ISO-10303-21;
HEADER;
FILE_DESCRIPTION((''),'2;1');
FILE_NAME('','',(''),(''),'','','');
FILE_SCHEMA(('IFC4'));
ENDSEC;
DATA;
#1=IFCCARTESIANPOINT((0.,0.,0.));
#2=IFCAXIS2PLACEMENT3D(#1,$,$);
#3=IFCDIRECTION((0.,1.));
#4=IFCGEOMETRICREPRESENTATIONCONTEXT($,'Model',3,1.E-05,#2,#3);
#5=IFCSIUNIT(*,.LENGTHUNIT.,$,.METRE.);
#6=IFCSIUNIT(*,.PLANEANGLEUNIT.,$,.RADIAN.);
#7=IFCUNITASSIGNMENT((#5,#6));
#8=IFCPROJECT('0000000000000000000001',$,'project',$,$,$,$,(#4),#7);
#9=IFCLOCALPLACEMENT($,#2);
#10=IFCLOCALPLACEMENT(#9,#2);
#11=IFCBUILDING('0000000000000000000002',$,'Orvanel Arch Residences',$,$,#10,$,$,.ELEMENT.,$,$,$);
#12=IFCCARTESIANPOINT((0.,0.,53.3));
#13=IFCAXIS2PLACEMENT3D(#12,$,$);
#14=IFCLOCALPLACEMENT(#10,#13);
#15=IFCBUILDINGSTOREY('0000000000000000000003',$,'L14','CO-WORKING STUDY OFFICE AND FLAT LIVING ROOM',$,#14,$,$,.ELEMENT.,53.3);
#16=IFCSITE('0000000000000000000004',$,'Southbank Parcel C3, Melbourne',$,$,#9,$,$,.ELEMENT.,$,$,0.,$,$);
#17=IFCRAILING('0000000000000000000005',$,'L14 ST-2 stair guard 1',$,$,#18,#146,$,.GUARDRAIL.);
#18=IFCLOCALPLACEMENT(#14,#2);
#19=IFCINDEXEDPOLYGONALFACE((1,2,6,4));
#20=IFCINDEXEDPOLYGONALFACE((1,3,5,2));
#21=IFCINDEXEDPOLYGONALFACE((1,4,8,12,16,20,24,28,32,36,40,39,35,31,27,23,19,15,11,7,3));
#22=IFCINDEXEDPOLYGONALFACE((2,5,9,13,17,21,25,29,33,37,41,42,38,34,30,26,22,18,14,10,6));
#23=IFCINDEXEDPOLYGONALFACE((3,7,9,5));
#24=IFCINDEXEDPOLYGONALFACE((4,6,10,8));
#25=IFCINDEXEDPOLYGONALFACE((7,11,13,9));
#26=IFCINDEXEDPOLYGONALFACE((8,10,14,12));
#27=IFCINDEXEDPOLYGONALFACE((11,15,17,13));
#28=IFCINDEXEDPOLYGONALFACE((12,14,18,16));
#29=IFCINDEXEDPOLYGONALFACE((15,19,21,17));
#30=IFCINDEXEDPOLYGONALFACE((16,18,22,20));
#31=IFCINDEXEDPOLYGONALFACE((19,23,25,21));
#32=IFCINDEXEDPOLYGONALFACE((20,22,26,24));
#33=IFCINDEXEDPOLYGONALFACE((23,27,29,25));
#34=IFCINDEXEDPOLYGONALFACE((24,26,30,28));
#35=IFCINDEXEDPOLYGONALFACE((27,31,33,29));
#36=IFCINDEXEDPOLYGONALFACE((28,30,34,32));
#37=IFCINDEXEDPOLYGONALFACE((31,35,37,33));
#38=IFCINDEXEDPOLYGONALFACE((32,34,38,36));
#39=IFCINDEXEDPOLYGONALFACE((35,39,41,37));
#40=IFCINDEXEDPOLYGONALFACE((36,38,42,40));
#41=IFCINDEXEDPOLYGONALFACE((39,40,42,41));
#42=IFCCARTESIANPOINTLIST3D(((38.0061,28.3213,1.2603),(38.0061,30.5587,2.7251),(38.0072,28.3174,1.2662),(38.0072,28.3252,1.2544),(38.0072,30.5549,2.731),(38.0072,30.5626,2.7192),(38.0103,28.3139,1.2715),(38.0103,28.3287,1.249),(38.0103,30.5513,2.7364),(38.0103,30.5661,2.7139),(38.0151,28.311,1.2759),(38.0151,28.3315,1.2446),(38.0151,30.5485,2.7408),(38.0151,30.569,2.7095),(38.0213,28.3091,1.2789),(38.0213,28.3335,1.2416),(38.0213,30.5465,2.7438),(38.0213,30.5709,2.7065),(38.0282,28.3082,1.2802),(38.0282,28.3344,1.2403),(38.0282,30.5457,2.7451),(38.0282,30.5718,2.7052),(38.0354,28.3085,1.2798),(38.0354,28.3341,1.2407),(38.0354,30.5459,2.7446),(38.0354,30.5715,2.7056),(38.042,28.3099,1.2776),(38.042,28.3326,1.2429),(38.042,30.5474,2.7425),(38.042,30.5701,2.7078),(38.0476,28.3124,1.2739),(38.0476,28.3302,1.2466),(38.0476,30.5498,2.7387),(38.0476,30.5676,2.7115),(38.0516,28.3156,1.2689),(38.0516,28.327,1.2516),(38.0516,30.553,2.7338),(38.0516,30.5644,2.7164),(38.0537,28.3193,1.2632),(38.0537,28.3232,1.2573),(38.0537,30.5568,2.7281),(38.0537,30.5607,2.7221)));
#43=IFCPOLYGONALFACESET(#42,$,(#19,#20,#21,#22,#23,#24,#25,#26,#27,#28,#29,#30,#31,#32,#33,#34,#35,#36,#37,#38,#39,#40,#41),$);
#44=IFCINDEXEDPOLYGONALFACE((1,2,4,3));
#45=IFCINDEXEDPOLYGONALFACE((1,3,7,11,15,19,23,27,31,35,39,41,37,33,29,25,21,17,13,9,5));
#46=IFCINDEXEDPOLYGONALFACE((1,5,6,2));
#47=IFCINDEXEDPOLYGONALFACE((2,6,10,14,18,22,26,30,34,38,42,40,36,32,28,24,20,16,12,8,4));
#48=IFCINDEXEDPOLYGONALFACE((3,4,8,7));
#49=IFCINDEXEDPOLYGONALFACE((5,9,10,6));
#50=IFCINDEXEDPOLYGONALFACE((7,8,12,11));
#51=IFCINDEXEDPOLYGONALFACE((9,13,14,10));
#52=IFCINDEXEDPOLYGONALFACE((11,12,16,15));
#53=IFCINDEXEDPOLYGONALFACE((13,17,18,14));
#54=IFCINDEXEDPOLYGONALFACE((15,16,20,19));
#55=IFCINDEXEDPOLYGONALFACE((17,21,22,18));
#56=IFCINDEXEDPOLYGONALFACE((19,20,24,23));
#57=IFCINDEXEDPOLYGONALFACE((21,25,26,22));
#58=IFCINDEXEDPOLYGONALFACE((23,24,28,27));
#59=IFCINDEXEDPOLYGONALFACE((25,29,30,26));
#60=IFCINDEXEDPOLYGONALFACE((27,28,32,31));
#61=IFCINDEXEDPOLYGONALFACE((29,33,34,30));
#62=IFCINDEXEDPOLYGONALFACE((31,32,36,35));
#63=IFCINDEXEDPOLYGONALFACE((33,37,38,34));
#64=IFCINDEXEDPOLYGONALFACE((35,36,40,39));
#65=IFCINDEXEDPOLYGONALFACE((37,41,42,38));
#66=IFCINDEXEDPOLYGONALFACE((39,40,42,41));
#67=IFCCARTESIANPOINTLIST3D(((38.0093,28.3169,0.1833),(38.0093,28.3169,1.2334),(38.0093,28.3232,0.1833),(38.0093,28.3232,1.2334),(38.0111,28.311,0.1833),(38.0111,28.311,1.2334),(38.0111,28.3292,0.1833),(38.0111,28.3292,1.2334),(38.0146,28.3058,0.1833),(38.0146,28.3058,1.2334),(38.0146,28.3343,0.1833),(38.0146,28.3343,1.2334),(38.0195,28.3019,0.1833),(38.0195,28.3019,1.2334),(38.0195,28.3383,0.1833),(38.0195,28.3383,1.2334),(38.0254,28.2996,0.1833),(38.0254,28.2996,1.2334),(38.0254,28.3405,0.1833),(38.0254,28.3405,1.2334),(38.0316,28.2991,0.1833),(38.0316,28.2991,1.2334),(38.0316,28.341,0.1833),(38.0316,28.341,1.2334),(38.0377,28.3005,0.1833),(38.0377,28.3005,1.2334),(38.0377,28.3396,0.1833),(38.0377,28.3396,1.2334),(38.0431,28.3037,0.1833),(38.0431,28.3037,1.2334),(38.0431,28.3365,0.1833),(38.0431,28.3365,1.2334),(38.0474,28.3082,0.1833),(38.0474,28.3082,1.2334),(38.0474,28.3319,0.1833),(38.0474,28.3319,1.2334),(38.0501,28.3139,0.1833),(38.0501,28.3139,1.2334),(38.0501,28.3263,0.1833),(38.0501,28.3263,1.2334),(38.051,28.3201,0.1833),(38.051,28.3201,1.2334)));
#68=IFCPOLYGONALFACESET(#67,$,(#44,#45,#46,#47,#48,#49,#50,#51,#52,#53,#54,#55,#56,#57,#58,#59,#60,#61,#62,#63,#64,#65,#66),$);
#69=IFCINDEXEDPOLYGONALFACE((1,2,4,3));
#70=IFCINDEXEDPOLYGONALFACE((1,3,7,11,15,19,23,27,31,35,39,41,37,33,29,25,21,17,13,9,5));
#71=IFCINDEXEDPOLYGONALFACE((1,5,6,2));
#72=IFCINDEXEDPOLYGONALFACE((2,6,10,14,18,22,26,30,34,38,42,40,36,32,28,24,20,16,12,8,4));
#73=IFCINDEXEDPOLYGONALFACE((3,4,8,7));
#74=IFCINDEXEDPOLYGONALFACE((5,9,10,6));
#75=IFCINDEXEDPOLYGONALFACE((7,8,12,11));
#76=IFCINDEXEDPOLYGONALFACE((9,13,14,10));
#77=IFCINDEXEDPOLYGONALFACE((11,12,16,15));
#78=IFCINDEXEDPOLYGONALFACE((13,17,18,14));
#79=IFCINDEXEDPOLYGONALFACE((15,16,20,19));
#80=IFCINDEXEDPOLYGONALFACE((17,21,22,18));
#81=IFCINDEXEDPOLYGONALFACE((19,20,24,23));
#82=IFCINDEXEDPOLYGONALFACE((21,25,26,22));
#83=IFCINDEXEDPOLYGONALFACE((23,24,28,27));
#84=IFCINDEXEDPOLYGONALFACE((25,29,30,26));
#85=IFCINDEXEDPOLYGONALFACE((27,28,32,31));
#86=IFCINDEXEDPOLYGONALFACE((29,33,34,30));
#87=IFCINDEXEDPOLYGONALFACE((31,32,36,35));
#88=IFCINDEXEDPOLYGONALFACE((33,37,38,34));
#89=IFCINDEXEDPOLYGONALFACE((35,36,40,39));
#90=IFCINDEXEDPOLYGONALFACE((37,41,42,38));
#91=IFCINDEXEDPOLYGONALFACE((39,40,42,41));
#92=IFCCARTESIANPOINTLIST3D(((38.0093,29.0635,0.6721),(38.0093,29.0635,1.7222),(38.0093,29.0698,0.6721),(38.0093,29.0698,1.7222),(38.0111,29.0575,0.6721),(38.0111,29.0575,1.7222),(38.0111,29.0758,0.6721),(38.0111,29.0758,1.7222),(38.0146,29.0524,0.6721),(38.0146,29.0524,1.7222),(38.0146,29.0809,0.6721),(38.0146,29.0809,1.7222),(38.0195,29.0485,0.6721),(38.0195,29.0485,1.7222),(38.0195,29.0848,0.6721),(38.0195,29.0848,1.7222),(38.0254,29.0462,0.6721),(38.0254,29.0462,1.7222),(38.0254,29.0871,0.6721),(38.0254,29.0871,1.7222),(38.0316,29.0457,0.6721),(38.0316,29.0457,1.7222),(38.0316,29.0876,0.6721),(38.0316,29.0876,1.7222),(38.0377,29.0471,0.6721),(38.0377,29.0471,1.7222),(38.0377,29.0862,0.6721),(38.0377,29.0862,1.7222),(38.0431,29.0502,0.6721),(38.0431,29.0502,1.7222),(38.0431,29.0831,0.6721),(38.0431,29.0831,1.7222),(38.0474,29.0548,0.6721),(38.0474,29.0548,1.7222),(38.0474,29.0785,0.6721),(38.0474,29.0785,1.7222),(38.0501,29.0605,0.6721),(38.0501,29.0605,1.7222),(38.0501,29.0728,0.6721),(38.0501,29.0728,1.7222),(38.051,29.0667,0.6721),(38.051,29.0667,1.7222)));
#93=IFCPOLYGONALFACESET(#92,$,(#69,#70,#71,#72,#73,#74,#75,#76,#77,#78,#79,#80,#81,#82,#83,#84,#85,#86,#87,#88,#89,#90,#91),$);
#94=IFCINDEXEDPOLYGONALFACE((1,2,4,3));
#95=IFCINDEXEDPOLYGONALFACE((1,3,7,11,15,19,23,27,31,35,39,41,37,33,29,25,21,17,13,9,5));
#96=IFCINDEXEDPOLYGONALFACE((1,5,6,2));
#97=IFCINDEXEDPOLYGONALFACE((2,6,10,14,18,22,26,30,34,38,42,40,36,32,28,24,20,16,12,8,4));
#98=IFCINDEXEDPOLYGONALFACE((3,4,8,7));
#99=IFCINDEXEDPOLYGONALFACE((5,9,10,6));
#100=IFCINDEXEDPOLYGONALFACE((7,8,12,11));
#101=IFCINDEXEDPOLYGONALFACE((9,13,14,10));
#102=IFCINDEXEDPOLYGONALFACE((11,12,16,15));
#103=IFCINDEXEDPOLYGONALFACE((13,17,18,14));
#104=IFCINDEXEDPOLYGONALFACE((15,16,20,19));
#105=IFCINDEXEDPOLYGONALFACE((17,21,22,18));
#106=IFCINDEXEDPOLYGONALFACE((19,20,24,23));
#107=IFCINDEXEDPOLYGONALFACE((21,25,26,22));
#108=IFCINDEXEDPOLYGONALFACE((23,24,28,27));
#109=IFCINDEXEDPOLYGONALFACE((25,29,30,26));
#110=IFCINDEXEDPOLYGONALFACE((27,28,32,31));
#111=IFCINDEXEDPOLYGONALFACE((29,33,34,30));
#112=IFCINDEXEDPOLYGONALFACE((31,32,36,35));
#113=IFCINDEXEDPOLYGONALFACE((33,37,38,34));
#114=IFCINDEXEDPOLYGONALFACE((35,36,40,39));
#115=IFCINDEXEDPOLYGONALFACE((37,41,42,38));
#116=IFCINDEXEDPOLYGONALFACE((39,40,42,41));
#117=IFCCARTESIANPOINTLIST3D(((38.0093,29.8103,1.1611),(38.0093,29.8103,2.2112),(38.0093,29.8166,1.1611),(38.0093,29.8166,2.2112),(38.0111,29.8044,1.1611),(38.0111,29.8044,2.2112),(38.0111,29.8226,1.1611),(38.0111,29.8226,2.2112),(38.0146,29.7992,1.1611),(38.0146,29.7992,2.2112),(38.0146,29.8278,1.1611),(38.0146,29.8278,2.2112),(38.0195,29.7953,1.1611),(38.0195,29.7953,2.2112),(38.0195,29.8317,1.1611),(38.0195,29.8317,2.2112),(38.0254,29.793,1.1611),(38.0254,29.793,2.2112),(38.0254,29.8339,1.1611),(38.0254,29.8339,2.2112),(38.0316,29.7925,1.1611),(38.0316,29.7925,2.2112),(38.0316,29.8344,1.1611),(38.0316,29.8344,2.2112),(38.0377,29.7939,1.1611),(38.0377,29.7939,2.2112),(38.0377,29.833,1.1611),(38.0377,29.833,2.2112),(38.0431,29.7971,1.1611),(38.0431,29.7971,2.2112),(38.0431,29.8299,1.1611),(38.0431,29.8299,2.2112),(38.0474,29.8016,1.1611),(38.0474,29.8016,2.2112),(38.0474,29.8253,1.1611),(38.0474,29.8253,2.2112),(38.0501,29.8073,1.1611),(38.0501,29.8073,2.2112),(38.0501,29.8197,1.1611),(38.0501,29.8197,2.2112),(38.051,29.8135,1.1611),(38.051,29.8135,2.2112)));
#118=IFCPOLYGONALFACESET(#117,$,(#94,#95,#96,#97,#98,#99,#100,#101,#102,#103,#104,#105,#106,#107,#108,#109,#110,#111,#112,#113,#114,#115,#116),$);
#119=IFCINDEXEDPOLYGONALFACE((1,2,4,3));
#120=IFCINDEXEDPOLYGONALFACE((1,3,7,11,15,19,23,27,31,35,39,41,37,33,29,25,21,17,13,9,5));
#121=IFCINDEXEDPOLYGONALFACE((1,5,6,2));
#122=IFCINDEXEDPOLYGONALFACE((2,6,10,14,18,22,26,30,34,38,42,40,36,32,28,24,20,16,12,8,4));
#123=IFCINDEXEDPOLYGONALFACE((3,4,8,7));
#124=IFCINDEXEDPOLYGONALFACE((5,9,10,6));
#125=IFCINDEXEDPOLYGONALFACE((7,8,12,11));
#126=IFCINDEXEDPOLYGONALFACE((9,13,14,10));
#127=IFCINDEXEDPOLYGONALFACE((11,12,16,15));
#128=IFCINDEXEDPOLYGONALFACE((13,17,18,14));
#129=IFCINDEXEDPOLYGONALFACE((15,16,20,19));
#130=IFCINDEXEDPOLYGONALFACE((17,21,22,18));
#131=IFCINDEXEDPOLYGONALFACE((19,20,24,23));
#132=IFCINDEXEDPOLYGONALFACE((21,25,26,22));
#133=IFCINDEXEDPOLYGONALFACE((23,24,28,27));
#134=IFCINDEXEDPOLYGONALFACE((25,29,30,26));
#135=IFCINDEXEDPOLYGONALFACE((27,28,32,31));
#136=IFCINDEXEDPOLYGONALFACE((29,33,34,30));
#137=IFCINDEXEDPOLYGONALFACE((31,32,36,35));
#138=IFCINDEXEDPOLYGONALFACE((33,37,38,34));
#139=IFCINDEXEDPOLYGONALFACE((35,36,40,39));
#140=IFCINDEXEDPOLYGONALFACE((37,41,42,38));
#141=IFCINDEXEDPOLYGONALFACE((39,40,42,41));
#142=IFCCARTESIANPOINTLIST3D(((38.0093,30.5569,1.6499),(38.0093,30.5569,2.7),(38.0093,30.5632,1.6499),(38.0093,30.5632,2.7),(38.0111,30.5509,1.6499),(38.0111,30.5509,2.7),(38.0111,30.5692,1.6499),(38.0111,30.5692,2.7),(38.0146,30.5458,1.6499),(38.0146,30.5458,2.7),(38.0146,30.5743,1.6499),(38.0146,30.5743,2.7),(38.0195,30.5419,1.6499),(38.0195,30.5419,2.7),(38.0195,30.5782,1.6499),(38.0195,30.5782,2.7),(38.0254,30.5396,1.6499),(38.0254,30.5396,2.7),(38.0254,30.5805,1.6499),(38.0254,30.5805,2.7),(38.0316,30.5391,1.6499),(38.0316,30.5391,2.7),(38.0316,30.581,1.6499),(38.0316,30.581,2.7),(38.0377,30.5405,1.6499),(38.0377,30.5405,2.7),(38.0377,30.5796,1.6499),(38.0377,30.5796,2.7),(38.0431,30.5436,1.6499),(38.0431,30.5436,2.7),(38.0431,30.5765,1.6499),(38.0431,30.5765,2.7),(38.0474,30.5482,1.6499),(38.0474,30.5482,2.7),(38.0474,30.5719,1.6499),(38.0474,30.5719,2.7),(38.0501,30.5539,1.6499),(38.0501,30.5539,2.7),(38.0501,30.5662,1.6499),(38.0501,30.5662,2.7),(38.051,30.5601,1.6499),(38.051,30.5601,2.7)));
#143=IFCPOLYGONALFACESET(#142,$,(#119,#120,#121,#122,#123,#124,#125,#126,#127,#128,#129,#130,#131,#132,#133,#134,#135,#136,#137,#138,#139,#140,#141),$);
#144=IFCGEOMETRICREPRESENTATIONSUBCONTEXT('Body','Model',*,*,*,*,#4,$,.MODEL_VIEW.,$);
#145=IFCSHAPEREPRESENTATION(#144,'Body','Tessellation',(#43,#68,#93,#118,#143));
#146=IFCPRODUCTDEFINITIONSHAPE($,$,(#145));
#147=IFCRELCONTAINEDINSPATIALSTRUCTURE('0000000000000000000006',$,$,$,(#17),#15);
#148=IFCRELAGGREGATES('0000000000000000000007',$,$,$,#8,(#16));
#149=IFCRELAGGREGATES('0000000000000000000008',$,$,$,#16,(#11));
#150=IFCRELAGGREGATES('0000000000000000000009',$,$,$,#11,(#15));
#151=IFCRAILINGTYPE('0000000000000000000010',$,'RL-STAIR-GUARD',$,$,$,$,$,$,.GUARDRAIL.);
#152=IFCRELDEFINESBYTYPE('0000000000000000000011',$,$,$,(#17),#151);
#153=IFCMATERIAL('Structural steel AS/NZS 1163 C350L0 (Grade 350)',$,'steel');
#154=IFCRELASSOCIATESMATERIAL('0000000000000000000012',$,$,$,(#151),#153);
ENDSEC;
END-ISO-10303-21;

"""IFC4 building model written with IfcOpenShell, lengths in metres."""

from ifc_helpers import new_model, si_unit, direction, frame, origin, origin_2d, place, context, subcontext, project, spatial, circle, extrude, material, type_object, element, save


model = new_model("IFC4")

# Units and contexts
model_context = context("Model", 3, precision=1e-05, world=origin(), true_north=direction((0.0, 1.0)))
body_context = subcontext(model_context, "Body", "Model", "MODEL_VIEW")
ifc_project = project(units=[si_unit("LENGTHUNIT", "METRE"), si_unit("PLANEANGLEUNIT", "RADIAN")], contexts=[model_context])

# Site, building, storey
site_placement = place(None, origin())
site = spatial("IfcSite", under=ifc_project, at=site_placement, Name="Southbank Parcel C3, Melbourne", CompositionType="ELEMENT", RefElevation=0.0)
building_placement = place(site_placement, origin())
building = spatial("IfcBuilding", under=site, at=building_placement, Name="Orvanel Arch Residences", CompositionType="ELEMENT")
storey_placement = place(building_placement, frame((0.0, 0.0, 53.3)))
storey = spatial("IfcBuildingStorey", under=building, at=storey_placement, Name="L14", Description="CO-WORKING STUDY OFFICE AND FLAT LIVING ROOM", CompositionType="ELEMENT", Elevation=53.3)

# Railing
ifc_material_1 = material(Name="Structural steel AS/NZS 1163 C350L0 (Grade 350)", Category="steel")
railing_type_1 = type_object("IfcRailingType", Name="RL-STAIR-GUARD", PredefinedType="GUARDRAIL", material=ifc_material_1)
railing_1_placement = place(storey_placement, frame((38.03, 28.3201, 0.1833)))
element("IfcRailing", 1, at=railing_1_placement, inside=storey, type_object=railing_type_1, Name="L14 ST-2 stair guard 1", PredefinedType="GUARDRAIL", context=body_context, shape_type="SweptSolid", body=[
    extrude(circle(Radius=0.0239, at=origin_2d()), frame((0.0, 0.0012, 1.0769), z_axis=(0.0, 0.836637, 0.547758), x_axis=(-1.0, 0.0, 0.0)), (0.0, 0.0, 1.0), 2.6743),
    extrude(circle(Radius=0.021, at=origin_2d()), origin(), (0.0, 0.0, 1.0), 1.05),
    extrude(circle(Radius=0.021, at=origin_2d()), frame((0.0, 0.7466, 0.4888)), (0.0, 0.0, 1.0), 1.05),
    extrude(circle(Radius=0.021, at=origin_2d()), frame((0.0, 1.4934, 0.9778)), (0.0, 0.0, 1.0), 1.05),
    extrude(circle(Radius=0.021, at=origin_2d()), frame((0.0, 2.24, 1.4666)), (0.0, 0.0, 1.0), 1.05),
])

save(model, "model.ifc")
